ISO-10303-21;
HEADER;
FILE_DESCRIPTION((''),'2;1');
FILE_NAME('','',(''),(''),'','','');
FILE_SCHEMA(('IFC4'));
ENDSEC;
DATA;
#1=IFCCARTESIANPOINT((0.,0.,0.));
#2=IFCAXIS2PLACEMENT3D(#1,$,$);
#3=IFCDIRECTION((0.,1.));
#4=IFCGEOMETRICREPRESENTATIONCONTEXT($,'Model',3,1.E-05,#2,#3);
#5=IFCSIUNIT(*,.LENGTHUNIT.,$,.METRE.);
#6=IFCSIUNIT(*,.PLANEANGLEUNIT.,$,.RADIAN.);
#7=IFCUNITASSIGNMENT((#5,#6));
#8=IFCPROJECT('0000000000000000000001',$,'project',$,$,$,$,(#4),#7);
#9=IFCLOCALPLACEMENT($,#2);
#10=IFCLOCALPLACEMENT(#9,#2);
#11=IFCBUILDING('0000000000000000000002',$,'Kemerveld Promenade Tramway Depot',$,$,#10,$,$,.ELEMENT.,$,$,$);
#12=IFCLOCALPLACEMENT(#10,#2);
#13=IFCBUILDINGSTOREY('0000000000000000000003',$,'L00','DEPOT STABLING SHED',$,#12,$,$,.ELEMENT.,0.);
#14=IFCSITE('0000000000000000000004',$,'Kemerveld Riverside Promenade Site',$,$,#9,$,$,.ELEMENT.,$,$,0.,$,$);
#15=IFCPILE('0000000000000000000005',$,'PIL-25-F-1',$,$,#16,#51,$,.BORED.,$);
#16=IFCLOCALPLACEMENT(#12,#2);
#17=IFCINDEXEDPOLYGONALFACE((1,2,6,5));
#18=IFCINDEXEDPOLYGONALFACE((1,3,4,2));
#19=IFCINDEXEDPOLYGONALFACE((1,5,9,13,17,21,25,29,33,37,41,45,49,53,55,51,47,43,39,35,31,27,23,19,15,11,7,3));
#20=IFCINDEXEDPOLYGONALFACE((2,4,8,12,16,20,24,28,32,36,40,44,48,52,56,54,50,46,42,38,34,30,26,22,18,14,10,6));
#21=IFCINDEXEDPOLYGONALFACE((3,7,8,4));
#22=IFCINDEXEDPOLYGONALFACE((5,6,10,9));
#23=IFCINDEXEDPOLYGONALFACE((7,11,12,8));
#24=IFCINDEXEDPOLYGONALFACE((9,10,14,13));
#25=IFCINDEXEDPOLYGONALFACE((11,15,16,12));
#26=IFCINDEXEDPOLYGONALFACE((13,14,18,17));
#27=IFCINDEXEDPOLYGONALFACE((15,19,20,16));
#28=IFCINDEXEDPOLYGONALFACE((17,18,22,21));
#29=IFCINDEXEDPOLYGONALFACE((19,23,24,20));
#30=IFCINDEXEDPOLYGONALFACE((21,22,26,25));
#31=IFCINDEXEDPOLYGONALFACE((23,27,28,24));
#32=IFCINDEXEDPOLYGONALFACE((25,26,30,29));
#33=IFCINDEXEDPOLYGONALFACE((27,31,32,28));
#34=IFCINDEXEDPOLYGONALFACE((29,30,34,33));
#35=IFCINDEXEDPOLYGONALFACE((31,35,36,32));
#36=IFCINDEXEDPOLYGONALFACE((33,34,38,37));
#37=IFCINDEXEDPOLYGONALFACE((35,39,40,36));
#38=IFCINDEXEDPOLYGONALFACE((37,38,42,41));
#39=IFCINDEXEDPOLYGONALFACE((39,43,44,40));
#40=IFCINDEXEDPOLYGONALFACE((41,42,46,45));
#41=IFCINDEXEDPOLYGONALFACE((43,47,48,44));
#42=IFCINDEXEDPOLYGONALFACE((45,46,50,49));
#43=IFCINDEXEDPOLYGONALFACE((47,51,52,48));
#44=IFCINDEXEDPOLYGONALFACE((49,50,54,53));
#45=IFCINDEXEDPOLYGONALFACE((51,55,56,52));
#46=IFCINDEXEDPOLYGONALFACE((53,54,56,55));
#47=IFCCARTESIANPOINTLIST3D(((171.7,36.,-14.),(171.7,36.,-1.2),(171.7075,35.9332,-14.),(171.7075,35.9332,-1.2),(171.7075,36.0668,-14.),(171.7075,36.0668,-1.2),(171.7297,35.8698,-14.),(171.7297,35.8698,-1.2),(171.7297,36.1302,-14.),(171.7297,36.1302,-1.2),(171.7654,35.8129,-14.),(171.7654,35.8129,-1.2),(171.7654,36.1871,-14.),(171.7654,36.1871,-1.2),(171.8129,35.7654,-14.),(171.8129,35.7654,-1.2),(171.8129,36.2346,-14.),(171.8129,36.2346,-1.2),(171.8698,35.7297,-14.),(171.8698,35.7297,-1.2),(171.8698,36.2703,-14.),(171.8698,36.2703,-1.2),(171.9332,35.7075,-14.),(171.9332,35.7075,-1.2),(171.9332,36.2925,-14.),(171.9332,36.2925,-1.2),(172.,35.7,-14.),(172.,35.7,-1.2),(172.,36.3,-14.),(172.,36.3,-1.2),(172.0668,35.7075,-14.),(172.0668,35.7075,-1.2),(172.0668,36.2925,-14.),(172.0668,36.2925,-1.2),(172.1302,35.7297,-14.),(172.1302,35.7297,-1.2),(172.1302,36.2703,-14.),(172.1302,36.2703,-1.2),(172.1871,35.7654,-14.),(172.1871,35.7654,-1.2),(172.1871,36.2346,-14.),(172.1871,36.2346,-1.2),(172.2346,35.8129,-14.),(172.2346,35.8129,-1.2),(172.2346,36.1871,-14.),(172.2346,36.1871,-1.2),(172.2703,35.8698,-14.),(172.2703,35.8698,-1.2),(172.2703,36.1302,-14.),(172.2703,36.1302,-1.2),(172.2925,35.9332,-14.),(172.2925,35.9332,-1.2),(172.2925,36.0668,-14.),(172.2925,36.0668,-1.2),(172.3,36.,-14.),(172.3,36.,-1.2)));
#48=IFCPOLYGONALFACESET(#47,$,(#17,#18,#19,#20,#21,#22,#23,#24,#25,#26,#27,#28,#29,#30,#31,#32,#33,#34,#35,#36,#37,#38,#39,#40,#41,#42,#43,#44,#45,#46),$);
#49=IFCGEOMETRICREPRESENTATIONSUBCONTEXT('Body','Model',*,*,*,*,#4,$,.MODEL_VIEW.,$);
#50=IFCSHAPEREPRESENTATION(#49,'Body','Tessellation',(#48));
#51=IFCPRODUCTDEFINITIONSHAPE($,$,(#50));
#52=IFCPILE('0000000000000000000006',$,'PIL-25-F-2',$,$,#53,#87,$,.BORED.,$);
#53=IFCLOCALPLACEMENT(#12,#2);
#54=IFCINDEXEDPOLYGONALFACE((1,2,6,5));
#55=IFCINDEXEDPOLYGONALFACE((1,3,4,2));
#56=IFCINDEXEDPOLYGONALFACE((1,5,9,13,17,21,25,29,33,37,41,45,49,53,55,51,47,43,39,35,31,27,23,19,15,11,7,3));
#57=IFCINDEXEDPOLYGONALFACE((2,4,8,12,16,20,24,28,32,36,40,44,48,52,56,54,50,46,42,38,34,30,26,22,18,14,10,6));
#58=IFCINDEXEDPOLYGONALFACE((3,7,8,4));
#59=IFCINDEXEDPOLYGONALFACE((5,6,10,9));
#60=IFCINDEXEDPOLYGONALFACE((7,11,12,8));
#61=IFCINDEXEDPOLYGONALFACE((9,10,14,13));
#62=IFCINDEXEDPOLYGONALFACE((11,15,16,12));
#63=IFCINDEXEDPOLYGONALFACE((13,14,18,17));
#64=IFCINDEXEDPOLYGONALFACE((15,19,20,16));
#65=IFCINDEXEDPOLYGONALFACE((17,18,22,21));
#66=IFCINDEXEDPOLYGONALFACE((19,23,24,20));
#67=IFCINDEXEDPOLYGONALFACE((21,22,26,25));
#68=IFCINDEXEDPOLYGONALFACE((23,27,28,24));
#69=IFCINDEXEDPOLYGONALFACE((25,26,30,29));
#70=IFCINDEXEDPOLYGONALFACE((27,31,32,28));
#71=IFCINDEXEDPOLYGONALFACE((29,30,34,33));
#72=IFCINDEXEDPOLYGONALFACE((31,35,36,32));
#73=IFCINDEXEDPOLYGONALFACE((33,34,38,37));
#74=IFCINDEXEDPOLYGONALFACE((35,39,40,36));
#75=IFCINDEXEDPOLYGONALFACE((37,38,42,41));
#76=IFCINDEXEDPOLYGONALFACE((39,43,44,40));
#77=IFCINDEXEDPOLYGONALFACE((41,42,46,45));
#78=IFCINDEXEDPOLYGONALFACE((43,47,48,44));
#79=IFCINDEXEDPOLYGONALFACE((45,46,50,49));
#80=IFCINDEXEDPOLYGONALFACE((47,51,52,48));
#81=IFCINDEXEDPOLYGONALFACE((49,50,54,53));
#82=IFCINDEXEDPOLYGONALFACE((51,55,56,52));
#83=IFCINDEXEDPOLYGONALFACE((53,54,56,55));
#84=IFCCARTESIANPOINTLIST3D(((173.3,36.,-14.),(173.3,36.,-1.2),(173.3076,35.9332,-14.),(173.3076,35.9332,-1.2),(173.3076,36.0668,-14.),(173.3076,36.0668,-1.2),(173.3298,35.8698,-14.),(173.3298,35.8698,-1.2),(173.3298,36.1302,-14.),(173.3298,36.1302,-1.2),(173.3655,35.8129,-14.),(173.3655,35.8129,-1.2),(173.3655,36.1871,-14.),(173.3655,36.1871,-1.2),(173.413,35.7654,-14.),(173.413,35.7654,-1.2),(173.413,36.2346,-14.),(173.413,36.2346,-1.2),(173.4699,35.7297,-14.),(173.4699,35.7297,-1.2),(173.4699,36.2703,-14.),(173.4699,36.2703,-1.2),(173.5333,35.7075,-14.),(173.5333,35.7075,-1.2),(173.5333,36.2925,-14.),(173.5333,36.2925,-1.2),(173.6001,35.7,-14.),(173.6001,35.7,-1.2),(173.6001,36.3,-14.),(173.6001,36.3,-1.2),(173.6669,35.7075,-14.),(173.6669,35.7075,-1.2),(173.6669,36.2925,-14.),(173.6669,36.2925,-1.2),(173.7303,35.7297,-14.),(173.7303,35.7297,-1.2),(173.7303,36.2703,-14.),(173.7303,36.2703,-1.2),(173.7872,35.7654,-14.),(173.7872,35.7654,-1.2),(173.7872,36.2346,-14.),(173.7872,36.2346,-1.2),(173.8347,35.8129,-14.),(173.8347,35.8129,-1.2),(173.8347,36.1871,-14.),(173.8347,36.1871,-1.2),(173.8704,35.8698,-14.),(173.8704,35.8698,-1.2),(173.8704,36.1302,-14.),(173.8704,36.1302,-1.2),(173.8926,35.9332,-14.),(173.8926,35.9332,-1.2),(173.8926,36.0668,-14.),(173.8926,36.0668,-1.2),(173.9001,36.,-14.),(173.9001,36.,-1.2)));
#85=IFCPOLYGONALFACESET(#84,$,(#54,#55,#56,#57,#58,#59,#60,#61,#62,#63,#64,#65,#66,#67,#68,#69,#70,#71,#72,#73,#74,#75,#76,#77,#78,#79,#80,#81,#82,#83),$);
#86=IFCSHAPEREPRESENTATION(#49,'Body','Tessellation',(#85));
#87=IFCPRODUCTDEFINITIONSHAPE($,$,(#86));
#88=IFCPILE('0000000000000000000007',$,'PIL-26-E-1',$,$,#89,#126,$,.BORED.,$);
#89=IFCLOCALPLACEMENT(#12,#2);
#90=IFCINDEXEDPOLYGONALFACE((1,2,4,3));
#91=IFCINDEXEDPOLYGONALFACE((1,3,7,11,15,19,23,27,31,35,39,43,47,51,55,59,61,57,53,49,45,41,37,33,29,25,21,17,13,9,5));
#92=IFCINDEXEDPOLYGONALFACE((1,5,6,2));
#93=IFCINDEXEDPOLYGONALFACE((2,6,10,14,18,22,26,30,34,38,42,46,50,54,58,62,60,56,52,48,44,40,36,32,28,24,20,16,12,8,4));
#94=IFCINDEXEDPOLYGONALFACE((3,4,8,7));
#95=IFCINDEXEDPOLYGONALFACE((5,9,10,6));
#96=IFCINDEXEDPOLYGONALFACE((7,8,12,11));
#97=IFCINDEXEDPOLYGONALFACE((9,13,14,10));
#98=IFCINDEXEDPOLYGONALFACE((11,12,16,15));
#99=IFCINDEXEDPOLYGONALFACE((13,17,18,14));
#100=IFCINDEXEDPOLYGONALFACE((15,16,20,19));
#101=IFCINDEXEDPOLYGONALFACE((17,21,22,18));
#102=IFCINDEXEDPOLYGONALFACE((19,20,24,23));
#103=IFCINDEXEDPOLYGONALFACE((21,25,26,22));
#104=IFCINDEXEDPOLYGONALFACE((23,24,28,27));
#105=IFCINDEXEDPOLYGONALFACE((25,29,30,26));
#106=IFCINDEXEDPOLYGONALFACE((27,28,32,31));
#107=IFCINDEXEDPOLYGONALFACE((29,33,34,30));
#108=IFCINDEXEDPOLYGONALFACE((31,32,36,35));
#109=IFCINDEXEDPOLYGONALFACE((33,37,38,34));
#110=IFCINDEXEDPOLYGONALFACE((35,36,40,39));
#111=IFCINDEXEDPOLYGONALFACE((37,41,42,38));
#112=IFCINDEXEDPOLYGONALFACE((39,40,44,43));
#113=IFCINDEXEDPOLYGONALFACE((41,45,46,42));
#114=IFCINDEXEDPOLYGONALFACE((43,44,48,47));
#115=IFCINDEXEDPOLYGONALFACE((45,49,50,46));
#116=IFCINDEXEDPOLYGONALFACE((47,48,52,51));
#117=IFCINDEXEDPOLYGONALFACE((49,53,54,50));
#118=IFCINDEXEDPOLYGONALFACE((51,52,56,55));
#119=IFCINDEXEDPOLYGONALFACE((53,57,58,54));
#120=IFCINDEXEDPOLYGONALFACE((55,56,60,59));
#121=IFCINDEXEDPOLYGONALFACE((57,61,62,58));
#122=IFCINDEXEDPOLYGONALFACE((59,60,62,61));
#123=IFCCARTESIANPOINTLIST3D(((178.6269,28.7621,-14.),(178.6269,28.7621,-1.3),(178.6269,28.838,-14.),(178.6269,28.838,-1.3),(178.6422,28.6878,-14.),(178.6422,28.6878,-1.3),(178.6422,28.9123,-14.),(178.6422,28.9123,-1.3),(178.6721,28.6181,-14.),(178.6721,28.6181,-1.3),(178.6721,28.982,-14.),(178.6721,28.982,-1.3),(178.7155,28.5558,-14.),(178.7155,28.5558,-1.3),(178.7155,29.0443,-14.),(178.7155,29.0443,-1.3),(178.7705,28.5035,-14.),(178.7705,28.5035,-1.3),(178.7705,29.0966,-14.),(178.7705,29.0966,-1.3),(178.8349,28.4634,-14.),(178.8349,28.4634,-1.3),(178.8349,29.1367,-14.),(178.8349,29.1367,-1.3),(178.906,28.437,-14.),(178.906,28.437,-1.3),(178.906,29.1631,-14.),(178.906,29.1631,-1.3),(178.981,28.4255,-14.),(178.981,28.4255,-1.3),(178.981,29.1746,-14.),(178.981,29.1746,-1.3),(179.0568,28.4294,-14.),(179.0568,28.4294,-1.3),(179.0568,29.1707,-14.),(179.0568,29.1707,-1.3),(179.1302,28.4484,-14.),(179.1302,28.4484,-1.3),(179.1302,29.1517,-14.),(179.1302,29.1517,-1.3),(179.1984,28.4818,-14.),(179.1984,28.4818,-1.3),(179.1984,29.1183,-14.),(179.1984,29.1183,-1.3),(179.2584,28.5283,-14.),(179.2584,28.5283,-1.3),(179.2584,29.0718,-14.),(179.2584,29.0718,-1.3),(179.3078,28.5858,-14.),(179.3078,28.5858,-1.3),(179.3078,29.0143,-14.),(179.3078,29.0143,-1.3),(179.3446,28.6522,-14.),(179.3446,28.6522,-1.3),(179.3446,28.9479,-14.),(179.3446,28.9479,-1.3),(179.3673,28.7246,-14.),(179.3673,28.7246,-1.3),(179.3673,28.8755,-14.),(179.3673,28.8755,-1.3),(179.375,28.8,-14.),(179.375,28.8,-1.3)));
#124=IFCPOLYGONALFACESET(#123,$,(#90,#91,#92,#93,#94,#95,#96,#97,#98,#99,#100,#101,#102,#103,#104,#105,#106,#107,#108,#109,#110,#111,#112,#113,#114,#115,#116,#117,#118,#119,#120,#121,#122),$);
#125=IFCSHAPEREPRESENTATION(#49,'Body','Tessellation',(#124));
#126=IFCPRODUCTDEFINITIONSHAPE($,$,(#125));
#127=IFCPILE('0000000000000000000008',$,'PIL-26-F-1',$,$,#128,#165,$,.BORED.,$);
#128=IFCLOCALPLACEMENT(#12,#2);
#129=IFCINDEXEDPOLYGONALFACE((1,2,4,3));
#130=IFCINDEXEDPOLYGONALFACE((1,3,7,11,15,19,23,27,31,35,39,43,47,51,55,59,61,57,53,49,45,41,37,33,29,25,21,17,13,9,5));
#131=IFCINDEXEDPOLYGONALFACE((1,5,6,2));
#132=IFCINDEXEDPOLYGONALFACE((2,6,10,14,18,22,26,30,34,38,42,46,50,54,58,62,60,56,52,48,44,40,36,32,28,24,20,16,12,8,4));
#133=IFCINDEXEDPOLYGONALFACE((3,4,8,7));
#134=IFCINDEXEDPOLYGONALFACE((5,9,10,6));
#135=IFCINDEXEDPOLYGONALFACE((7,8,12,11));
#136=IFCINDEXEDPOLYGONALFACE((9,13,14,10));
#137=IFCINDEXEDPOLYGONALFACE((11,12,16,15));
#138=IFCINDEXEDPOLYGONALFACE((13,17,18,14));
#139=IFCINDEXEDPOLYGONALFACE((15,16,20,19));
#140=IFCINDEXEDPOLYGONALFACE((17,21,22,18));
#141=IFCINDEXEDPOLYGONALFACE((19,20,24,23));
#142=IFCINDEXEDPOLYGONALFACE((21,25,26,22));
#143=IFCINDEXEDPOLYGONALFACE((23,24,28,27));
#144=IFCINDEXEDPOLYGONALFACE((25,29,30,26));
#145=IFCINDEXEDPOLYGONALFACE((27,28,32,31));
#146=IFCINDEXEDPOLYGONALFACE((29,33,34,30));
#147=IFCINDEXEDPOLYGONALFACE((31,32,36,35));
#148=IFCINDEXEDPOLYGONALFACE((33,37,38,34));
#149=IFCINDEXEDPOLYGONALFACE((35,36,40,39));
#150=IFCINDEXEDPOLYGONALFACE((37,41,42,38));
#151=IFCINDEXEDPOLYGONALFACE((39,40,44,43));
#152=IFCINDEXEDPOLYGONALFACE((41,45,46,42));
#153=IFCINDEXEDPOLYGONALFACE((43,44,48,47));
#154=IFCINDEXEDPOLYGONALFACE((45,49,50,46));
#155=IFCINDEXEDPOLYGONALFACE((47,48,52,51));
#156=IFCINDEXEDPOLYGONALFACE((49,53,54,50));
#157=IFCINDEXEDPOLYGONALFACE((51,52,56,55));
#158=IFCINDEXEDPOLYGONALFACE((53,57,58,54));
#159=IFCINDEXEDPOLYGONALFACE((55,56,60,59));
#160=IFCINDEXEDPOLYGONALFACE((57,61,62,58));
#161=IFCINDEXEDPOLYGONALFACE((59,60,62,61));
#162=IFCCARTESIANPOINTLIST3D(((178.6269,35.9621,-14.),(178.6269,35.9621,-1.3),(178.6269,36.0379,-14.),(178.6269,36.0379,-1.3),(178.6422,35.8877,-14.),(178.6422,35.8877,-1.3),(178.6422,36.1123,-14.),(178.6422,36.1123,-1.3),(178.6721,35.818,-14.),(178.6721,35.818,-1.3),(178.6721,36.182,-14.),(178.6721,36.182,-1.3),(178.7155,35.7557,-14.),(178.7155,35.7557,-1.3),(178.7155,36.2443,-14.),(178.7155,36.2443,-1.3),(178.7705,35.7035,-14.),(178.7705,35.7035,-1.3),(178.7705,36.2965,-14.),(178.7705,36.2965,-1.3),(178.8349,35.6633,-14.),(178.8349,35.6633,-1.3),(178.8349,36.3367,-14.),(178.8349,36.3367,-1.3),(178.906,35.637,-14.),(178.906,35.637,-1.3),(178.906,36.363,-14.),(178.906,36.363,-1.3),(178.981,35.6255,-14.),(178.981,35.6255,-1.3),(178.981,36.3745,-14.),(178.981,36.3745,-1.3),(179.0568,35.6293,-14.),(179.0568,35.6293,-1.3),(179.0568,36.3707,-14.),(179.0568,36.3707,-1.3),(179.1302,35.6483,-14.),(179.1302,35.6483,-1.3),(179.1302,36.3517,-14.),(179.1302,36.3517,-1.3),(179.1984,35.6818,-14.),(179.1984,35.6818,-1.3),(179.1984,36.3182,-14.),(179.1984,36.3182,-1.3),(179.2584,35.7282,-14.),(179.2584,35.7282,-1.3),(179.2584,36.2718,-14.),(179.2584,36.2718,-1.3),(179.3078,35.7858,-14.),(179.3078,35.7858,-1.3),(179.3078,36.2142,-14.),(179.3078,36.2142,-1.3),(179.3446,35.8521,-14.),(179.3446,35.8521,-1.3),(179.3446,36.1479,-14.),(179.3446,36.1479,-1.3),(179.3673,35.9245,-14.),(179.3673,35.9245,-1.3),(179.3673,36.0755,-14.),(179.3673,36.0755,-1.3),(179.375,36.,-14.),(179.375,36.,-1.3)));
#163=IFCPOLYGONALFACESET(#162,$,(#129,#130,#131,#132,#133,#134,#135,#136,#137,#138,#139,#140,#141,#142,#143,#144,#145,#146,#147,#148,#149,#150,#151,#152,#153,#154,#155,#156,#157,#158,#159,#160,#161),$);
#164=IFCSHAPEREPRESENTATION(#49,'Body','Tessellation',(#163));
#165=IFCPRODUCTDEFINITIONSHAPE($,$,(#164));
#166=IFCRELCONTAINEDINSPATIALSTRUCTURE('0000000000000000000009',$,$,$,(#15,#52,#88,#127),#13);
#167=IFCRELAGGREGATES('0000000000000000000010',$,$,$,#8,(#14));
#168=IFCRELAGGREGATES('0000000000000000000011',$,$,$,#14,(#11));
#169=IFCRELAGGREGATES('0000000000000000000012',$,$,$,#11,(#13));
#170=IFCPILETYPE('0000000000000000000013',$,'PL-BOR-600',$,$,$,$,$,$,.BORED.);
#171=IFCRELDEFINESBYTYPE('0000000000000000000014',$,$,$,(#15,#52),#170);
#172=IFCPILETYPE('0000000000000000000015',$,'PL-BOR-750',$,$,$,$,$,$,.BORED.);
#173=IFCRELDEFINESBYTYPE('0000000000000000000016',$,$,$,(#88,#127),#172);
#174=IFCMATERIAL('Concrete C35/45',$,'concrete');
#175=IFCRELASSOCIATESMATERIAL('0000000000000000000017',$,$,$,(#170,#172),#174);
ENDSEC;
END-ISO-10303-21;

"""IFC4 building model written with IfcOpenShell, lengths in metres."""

from ifc_helpers import new_model, si_unit, direction, frame, origin, origin_2d, place, context, subcontext, project, spatial, circle, extrude, material, material_profile, profile_set, type_object, element, save


model = new_model("IFC4")

# Units and contexts
model_context = context("Model", 3, precision=1e-05, world=origin(), true_north=direction((0.0, 1.0)))
body_context = subcontext(model_context, "Body", "Model", "MODEL_VIEW")
ifc_project = project(units=[si_unit("LENGTHUNIT", "METRE"), si_unit("PLANEANGLEUNIT", "RADIAN")], contexts=[model_context])

# Site, building, storey
site_placement = place(None, origin())
site = spatial("IfcSite", under=ifc_project, at=site_placement, Name="Kemerveld Riverside Promenade Site", CompositionType="ELEMENT", RefElevation=0.0)
building_placement = place(site_placement, origin())
building = spatial("IfcBuilding", under=site, at=building_placement, Name="Kemerveld Promenade Tramway Depot", CompositionType="ELEMENT")
storey_placement = place(building_placement, origin())
storey = spatial("IfcBuildingStorey", under=building, at=storey_placement, Name="L00", Description="DEPOT STABLING SHED", CompositionType="ELEMENT", Elevation=0.0)

# Shared definitions
ifc_material_1 = material(Name="Concrete C35/45", Category="concrete")

# Piles
ifc_material_profile_1 = material_profile(ifc_material_1, circle(Radius=0.3, at=origin_2d()), Name="PILE-D600")
ifc_profile_set_1 = profile_set([ifc_material_profile_1], Name="Concrete C35/45")
pile_type_1 = type_object("IfcPileType", Name="PL-BOR-600", PredefinedType="BORED", material=ifc_profile_set_1)
for number, where, z_axis, x_axis, name in (
    (1, (172.0, 36.0, -1.2), (0.0, 0.0, -1.0), (1.0, 0.0, 0.0), "PIL-25-F-1"),
    (2, (173.6001, 36.0, -1.2), (0.0, 0.0, -1.0), (1.0, 0.0, 0.0), "PIL-25-F-2"),
):
    element("IfcPile", number, at=place(storey_placement, frame(where, z_axis=z_axis, x_axis=x_axis)), inside=storey, type_object=pile_type_1, Name=name, PredefinedType="BORED", context=body_context, shape_type="SweptSolid", body=[
        extrude(circle(Radius=0.3, at=origin_2d()), origin(), (0.0, 0.0, 1.0), 12.8),
    ])
ifc_material_profile_2 = material_profile(ifc_material_1, circle(Radius=0.375, at=origin_2d()), Name="PILE-D750")
ifc_profile_set_2 = profile_set([ifc_material_profile_2], Name="Concrete C35/45")
pile_type_2 = type_object("IfcPileType", Name="PL-BOR-750", PredefinedType="BORED", material=ifc_profile_set_2)
for number, where, z_axis, x_axis, name in (
    (3, (179.0, 28.8, -1.3), (0.0, 0.0, -1.0), (1.0, 0.0, 0.0), "PIL-26-E-1"),
    (4, (179.0, 36.0, -1.3), (0.0, 0.0, -1.0), (1.0, 0.0, 0.0), "PIL-26-F-1"),
):
    element("IfcPile", number, at=place(storey_placement, frame(where, z_axis=z_axis, x_axis=x_axis)), inside=storey, type_object=pile_type_2, Name=name, PredefinedType="BORED", context=body_context, shape_type="SweptSolid", body=[
        extrude(circle(Radius=0.375, at=origin_2d()), origin(), (0.0, 0.0, 1.0), 12.7),
    ])

save(model, "model.ifc")
